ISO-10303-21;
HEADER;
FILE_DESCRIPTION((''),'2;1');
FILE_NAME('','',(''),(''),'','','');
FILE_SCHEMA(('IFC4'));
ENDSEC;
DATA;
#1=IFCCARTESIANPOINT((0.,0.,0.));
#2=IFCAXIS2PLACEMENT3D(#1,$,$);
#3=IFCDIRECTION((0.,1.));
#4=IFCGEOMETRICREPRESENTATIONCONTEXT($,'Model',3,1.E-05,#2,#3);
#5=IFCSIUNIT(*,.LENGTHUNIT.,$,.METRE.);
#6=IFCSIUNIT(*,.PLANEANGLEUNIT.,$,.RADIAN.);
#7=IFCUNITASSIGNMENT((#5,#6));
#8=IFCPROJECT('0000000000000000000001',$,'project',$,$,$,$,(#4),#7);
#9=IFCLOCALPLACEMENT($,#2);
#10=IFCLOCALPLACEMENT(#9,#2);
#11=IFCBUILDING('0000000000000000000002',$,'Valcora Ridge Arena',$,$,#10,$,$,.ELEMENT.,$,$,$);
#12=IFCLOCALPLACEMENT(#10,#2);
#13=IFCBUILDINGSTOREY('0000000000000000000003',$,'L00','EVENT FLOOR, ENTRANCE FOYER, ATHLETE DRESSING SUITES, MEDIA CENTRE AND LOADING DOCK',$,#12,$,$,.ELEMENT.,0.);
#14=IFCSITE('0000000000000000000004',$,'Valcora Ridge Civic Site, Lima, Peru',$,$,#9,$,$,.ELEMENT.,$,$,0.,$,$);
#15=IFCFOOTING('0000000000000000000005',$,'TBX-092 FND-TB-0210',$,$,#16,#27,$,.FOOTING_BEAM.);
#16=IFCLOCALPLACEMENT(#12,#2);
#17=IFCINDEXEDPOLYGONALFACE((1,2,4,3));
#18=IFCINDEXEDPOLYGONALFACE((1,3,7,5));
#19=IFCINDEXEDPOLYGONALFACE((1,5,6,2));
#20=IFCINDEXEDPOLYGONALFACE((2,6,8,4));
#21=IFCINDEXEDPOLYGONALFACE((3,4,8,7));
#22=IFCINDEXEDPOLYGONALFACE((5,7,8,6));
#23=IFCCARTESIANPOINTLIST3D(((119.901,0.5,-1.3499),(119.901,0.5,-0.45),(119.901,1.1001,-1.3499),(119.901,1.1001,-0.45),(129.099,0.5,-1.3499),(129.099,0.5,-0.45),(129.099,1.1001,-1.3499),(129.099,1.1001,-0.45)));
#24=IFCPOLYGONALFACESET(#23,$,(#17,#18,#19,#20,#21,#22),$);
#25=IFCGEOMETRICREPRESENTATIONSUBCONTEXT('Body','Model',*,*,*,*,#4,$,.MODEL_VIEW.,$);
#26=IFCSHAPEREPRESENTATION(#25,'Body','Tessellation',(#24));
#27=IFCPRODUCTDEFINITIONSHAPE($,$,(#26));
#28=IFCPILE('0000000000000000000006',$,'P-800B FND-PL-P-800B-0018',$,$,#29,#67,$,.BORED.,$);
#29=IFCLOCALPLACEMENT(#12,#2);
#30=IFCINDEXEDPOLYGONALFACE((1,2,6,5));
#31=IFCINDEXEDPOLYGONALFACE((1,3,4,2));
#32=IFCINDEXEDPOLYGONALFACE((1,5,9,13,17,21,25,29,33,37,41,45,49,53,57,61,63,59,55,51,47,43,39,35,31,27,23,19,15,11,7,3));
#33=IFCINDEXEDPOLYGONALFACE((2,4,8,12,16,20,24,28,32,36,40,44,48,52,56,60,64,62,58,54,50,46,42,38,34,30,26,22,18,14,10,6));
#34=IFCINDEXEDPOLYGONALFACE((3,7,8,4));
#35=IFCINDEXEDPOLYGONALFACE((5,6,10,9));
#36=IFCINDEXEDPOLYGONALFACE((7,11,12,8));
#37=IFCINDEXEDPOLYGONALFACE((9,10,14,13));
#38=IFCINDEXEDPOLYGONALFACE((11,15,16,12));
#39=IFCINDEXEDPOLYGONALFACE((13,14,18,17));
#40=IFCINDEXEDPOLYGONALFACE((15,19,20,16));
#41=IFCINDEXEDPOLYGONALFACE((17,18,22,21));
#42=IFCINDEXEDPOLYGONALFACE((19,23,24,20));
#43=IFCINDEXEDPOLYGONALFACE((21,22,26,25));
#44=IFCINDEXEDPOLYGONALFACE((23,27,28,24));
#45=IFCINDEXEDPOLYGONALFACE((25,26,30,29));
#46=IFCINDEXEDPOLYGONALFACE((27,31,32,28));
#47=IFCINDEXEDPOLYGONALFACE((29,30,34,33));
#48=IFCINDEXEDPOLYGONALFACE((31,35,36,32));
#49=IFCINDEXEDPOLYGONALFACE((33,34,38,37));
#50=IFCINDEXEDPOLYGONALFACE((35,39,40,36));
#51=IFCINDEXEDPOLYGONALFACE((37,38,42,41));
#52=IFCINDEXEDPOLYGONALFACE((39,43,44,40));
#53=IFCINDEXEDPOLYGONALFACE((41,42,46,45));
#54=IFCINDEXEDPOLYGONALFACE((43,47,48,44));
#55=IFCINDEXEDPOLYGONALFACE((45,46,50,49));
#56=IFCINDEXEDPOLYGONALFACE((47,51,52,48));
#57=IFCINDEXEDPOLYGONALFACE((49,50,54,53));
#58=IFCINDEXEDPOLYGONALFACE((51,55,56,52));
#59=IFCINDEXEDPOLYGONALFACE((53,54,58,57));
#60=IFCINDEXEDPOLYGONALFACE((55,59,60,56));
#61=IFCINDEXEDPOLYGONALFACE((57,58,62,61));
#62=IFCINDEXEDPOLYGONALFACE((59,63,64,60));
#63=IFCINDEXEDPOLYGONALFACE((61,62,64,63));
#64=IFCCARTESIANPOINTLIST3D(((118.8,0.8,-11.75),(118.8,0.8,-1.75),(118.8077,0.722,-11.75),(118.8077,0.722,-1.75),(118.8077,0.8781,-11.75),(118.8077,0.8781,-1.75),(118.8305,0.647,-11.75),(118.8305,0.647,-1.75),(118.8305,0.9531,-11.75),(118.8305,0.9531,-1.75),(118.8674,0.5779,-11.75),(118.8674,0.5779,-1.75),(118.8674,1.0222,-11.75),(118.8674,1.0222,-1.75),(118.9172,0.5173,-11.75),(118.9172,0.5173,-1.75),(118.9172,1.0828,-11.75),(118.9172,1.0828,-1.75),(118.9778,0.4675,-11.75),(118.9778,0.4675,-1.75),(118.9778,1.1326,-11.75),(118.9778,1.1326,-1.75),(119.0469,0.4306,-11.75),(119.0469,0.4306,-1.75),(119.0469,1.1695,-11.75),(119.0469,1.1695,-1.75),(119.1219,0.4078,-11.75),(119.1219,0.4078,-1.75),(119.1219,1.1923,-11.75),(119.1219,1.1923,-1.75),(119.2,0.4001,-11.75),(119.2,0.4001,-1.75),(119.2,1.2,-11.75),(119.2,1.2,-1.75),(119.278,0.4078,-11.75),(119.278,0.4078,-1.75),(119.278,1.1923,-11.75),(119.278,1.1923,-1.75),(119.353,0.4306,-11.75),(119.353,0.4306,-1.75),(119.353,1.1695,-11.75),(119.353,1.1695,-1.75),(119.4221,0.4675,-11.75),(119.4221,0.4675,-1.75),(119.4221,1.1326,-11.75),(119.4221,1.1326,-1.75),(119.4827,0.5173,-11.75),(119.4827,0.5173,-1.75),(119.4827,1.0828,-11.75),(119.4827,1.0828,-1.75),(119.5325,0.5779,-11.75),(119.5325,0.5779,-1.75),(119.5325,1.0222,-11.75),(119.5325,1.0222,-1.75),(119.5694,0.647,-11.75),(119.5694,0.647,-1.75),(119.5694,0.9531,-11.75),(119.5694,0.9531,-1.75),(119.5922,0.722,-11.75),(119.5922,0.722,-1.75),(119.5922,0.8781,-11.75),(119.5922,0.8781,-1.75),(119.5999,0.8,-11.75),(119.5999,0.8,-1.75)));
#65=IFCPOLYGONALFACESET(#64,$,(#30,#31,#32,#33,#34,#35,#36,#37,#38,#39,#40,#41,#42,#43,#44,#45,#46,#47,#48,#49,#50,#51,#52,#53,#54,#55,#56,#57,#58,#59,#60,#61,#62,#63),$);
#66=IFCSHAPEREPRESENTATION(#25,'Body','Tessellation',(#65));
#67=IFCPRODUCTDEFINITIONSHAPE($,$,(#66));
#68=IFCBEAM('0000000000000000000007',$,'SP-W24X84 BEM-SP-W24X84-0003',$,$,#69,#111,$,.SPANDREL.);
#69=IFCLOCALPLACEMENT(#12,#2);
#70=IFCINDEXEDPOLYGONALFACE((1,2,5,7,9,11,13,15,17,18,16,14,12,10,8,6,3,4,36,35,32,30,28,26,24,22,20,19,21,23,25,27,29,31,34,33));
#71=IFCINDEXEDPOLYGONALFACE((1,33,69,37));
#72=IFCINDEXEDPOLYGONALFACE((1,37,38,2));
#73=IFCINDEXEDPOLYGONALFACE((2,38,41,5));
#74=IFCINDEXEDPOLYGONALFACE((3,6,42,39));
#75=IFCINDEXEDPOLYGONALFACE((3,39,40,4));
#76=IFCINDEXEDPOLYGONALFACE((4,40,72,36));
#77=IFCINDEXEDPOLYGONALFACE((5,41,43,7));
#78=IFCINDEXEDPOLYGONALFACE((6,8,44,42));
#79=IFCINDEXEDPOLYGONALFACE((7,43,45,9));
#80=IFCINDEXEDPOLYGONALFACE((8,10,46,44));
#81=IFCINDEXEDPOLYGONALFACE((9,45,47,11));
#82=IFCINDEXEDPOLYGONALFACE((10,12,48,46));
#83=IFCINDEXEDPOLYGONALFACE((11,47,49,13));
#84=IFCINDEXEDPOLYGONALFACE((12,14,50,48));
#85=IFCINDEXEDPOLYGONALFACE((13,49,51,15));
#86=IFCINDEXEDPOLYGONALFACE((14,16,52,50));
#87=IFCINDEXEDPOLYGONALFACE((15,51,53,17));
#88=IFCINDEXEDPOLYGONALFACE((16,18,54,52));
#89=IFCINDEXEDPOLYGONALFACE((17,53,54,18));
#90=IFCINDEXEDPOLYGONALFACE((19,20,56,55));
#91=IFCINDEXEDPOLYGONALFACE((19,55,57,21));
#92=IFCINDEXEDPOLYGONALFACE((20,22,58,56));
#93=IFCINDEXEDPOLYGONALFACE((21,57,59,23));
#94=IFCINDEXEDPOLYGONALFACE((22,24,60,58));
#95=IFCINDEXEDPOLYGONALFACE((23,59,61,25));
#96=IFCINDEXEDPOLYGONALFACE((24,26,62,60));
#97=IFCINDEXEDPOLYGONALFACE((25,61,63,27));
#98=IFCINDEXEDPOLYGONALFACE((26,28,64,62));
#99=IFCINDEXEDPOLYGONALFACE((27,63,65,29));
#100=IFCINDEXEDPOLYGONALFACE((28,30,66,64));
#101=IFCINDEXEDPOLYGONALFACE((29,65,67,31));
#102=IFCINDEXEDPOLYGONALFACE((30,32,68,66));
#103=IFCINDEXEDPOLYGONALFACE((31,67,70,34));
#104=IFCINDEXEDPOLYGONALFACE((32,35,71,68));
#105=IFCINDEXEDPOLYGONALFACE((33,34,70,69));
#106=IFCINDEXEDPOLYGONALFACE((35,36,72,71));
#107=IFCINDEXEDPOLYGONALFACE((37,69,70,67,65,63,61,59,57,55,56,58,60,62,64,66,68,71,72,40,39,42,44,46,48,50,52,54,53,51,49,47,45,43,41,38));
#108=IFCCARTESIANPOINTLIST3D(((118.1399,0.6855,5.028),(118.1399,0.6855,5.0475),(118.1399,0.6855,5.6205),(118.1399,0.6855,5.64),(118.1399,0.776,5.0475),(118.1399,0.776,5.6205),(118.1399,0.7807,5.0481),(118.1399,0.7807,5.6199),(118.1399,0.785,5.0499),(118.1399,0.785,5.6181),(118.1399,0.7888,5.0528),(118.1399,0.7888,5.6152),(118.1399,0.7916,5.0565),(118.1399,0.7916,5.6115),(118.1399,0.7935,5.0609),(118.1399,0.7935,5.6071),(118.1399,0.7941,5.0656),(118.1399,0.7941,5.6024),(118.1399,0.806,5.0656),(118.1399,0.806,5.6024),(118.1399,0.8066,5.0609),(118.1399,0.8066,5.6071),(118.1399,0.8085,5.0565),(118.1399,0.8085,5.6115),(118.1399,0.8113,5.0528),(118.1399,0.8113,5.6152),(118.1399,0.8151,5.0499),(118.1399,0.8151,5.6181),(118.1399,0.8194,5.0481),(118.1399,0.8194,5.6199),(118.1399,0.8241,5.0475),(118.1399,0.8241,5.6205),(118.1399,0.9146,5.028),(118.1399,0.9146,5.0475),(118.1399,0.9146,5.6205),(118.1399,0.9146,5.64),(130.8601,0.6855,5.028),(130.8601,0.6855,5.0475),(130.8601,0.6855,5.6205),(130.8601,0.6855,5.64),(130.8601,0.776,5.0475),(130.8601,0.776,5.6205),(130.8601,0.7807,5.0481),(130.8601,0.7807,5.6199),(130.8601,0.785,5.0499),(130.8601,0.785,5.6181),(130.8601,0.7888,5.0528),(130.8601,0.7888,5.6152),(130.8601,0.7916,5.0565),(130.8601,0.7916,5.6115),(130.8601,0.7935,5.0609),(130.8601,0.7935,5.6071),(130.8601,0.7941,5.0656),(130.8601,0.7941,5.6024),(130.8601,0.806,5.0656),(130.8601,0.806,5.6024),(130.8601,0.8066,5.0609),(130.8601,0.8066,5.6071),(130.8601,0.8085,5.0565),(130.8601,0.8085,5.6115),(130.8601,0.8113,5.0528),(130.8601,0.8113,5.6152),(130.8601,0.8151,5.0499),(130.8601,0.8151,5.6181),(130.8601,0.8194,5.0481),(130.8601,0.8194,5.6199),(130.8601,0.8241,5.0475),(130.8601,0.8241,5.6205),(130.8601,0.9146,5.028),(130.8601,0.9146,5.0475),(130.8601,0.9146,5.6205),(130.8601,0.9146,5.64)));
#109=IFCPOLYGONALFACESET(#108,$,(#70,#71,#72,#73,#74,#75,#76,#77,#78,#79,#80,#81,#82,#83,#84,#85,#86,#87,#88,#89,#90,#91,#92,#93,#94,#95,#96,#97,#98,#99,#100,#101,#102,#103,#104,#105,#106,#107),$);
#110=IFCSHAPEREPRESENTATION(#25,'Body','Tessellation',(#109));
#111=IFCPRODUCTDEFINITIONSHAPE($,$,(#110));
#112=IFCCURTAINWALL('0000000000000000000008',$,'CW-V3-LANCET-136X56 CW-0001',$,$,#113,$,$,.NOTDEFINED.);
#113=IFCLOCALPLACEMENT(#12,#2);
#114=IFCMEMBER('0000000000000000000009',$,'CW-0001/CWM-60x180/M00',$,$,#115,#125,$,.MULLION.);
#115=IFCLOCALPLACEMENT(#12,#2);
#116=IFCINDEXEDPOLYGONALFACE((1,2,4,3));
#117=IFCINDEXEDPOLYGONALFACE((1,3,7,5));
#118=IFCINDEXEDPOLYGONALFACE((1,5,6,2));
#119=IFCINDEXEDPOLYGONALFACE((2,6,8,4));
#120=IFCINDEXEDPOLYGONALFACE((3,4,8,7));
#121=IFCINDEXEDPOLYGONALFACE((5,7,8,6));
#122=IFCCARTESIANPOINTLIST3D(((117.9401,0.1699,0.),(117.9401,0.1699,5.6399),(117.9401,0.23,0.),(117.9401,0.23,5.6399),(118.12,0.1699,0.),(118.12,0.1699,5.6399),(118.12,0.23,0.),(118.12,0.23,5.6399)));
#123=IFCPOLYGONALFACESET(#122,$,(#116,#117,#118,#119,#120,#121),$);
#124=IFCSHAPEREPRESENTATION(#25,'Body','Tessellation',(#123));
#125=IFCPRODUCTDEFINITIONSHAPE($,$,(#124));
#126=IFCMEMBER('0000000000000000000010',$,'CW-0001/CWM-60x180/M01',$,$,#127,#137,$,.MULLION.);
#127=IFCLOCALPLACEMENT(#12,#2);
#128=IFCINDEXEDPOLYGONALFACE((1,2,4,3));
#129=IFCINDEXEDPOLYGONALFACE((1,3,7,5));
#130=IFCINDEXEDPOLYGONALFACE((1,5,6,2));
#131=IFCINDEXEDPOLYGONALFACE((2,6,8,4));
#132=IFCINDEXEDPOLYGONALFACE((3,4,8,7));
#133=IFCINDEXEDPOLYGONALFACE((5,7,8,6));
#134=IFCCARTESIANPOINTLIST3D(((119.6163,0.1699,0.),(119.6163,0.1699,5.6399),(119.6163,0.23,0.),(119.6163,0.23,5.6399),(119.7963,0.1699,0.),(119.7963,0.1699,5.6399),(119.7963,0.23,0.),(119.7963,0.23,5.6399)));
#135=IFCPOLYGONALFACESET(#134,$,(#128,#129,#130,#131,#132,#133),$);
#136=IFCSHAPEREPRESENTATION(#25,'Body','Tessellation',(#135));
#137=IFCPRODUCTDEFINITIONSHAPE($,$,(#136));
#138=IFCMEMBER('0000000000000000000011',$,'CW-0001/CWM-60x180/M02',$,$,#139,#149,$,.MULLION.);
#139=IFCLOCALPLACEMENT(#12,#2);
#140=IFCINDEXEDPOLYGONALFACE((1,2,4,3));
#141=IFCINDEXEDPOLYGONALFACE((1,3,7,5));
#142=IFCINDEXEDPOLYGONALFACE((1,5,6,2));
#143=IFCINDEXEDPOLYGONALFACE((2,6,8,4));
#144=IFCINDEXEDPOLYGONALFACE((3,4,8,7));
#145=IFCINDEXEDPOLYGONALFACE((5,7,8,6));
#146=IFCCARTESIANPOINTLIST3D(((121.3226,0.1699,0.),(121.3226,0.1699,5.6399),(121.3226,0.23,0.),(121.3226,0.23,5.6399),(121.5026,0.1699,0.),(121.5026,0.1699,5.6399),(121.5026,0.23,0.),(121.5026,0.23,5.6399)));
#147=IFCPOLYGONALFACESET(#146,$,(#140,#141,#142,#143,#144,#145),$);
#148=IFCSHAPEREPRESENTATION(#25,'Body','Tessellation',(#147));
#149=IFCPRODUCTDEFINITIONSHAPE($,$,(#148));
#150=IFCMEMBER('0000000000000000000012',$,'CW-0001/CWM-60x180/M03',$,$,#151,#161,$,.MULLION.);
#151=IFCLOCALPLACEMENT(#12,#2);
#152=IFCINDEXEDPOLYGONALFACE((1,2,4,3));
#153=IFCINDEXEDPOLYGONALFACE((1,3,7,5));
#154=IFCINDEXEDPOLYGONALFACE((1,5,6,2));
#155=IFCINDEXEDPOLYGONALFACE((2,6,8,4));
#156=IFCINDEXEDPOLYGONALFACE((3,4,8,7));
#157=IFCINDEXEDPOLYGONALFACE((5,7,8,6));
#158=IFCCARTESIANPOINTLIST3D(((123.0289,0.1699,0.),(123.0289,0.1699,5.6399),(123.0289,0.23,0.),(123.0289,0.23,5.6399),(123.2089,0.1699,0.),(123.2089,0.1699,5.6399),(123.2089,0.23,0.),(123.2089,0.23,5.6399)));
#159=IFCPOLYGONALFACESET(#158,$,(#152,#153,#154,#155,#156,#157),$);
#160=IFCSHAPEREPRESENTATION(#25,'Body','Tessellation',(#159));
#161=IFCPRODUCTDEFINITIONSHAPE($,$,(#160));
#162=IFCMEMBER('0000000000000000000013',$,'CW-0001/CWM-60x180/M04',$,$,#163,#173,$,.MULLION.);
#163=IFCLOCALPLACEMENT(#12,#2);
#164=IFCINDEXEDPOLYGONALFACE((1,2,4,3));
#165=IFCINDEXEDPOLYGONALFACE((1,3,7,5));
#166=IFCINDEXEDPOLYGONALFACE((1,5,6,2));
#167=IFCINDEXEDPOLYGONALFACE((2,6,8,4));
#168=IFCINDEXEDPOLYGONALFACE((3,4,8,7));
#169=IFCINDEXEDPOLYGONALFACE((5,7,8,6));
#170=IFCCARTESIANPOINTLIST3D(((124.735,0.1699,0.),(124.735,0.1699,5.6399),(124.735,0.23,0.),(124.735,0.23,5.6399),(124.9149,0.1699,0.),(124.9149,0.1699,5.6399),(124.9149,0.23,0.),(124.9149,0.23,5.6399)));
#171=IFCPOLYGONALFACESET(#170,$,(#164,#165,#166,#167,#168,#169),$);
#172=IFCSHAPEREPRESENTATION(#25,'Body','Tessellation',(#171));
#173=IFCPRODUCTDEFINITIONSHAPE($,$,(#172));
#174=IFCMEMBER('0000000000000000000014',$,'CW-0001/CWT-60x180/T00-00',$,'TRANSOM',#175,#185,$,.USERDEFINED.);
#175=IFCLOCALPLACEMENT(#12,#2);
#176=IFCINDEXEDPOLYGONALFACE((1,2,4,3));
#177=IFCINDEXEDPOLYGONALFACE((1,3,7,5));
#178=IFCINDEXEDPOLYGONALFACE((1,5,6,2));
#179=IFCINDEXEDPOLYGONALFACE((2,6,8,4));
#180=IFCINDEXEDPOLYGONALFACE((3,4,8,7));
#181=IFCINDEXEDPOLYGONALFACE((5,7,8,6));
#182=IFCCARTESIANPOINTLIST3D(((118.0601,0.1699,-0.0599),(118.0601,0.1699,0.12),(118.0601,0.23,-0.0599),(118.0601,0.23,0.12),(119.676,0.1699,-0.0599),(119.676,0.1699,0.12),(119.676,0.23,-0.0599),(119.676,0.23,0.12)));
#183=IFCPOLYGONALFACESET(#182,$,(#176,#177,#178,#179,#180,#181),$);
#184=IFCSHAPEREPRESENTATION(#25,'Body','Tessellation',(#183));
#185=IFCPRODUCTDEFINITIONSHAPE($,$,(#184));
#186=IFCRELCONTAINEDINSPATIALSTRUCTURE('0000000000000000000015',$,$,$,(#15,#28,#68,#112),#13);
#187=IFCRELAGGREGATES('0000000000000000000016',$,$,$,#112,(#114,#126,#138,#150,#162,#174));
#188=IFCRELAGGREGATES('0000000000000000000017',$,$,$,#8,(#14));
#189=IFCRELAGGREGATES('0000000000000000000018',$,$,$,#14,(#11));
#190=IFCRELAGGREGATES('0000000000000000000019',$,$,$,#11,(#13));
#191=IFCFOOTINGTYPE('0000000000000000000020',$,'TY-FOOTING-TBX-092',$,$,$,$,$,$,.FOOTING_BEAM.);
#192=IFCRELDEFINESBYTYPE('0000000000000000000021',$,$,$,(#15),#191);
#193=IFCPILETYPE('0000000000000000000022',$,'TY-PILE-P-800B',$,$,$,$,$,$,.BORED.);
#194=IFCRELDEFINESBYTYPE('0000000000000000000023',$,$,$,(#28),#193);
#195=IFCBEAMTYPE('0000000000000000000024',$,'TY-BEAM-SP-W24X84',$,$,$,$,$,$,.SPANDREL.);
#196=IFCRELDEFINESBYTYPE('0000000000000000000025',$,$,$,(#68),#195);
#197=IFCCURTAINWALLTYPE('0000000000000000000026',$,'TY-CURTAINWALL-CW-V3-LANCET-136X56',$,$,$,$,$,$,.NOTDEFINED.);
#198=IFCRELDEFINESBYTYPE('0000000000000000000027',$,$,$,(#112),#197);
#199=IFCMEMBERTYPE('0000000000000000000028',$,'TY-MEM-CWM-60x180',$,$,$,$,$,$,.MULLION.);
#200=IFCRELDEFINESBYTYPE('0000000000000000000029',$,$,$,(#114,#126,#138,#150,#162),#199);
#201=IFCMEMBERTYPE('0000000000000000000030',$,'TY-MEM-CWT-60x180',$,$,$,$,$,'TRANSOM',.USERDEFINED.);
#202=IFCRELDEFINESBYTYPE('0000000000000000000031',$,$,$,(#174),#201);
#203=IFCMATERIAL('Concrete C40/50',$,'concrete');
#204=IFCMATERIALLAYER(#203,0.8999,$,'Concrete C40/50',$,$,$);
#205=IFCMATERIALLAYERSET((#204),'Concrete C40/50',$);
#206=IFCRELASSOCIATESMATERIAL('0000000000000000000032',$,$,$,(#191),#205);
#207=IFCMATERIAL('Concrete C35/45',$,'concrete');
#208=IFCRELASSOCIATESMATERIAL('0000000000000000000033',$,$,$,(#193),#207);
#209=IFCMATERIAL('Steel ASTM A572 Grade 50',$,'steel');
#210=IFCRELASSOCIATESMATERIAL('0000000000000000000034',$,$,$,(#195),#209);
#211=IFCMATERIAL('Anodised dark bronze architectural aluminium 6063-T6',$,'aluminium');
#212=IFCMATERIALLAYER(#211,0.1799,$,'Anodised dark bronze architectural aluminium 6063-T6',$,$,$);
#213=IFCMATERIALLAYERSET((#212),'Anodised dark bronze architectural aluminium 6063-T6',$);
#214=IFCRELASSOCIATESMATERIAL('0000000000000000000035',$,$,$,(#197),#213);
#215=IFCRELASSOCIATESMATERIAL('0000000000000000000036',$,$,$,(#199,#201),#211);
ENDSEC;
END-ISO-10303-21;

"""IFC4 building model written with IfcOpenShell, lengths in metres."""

from ifc_helpers import new_model, si_unit, direction, frame, origin, origin_2d, place, context, subcontext, project, spatial, rectangle, circle, i_section, extrude, material, layer, layer_set, material_profile, profile_set, type_object, element, aggregate, save


model = new_model("IFC4")

# Units and contexts
model_context = context("Model", 3, precision=1e-05, world=origin(), true_north=direction((0.0, 1.0)))
body_context = subcontext(model_context, "Body", "Model", "MODEL_VIEW")
ifc_project = project(units=[si_unit("LENGTHUNIT", "METRE"), si_unit("PLANEANGLEUNIT", "RADIAN")], contexts=[model_context])

# Site, building, storey
site_placement = place(None, origin())
site = spatial("IfcSite", under=ifc_project, at=site_placement, Name="Valcora Ridge Civic Site, Lima, Peru", CompositionType="ELEMENT", RefElevation=0.0)
building_placement = place(site_placement, origin())
building = spatial("IfcBuilding", under=site, at=building_placement, Name="Valcora Ridge Arena", CompositionType="ELEMENT")
storey_placement = place(building_placement, origin())
storey = spatial("IfcBuildingStorey", under=building, at=storey_placement, Name="L00", Description="EVENT FLOOR, ENTRANCE FOYER, ATHLETE DRESSING SUITES, MEDIA CENTRE AND LOADING DOCK", CompositionType="ELEMENT", Elevation=0.0)

# Footing
ifc_material_1 = material(Name="Concrete C40/50", Category="concrete")
ifc_layer_1 = layer(ifc_material_1, 0.8999, Name="Concrete C40/50")
ifc_layer_set_1 = layer_set([ifc_layer_1], Name="Concrete C40/50")
footing_type = type_object("IfcFootingType", Name="TY-FOOTING-TBX-092", PredefinedType="FOOTING_BEAM", material=ifc_layer_set_1)
footing_placement = place(storey_placement, frame((124.5, 0.8, -1.3499), z_axis=(0.0, 0.0, 1.0), x_axis=(1.0, 0.0, 0.0)))
element("IfcFooting", 1, at=footing_placement, inside=storey, type_object=footing_type, Name="TBX-092 FND-TB-0210", PredefinedType="FOOTING_BEAM", context=body_context, shape_type="SweptSolid", body=[
    extrude(rectangle(XDim=9.198, YDim=0.6001, at=origin_2d()), origin(), (0.0, 0.0, 1.0), 0.8999),
])

# Pile
ifc_material_2 = material(Name="Concrete C35/45", Category="concrete")
ifc_material_profile_1 = material_profile(ifc_material_2, circle(Radius=0.3999, at=origin_2d()), Name="BORED PILE D800")
ifc_profile_set_1 = profile_set([ifc_material_profile_1], Name="Concrete C35/45")
pile_type = type_object("IfcPileType", Name="TY-PILE-P-800B", PredefinedType="BORED", material=ifc_profile_set_1)
pile_placement = place(storey_placement, frame((119.2, 0.8, -1.75), z_axis=(0.0, 0.0, -1.0), x_axis=(1.0, 0.0, 0.0)))
element("IfcPile", 2, at=pile_placement, inside=storey, type_object=pile_type, Name="P-800B FND-PL-P-800B-0018", PredefinedType="BORED", context=body_context, shape_type="SweptSolid", body=[
    extrude(circle(Radius=0.3999, at=origin_2d()), origin(), (0.0, 0.0, 1.0), 10.0),
])

# Beam
ifc_material_3 = material(Name="Steel ASTM A572 Grade 50", Category="steel")
ifc_material_profile_2 = material_profile(ifc_material_3, i_section(OverallWidth=0.229, OverallDepth=0.6121, WebThickness=0.012, FlangeThickness=0.0195, FilletRadius=0.0181, at=origin_2d()), Name="W24X84")
ifc_profile_set_2 = profile_set([ifc_material_profile_2], Name="Steel ASTM A572 Grade 50")
beam_type = type_object("IfcBeamType", Name="TY-BEAM-SP-W24X84", PredefinedType="SPANDREL", material=ifc_profile_set_2)
beam_placement = place(storey_placement, frame((118.1399, 0.8, 5.334), z_axis=(1.0, 0.0, 0.0), x_axis=(0.0, 1.0, 0.0)))
element("IfcBeam", 3, at=beam_placement, inside=storey, type_object=beam_type, Name="SP-W24X84 BEM-SP-W24X84-0003", PredefinedType="SPANDREL", context=body_context, shape_type="SweptSolid", body=[
    extrude(i_section(OverallWidth=0.229, OverallDepth=0.6121, WebThickness=0.012, FlangeThickness=0.0195, FilletRadius=0.0181, at=origin_2d()), origin(), (0.0, 0.0, 1.0), 12.7202),
])

# Curtain wall, members
ifc_material_4 = material(Name="Anodised dark bronze architectural aluminium 6063-T6", Category="aluminium")
ifc_layer_2 = layer(ifc_material_4, 0.1799, Name="Anodised dark bronze architectural aluminium 6063-T6")
ifc_layer_set_2 = layer_set([ifc_layer_2], Name="Anodised dark bronze architectural aluminium 6063-T6")
curtain_wall_type = type_object("IfcCurtainWallType", Name="TY-CURTAINWALL-CW-V3-LANCET-136X56", PredefinedType="NOTDEFINED", material=ifc_layer_set_2)
curtain_wall_placement = place(storey_placement, origin())
curtain_wall = element("IfcCurtainWall", 4, at=curtain_wall_placement, inside=storey, type_object=curtain_wall_type, Name="CW-V3-LANCET-136X56 CW-0001", PredefinedType="NOTDEFINED")
ifc_material_profile_3 = material_profile(ifc_material_4, rectangle(XDim=0.0601, YDim=0.1799, at=origin_2d()), Name="ALU MULLION 60x180")
ifc_profile_set_3 = profile_set([ifc_material_profile_3], Name="Anodised dark bronze architectural aluminium 6063-T6")
member_type_1 = type_object("IfcMemberType", Name="TY-MEM-CWM-60x180", PredefinedType="MULLION", material=ifc_profile_set_3)
member_1_placement = place(storey_placement, frame((118.03, 0.2, 0.0), z_axis=(0.0, 0.0, 1.0), x_axis=(0.0, 1.0, 0.0)))
member_1 = element("IfcMember", 5, at=member_1_placement, type_object=member_type_1, Name="CW-0001/CWM-60x180/M00", PredefinedType="MULLION", context=body_context, shape_type="SweptSolid", body=[
    extrude(rectangle(XDim=0.0601, YDim=0.1799, at=origin_2d()), origin(), (0.0, 0.0, 1.0), 5.6399),
])
member_2_placement = place(storey_placement, frame((119.7063, 0.2, 0.0), z_axis=(0.0, 0.0, 1.0), x_axis=(0.0, 1.0, 0.0)))
member_2 = element("IfcMember", 6, at=member_2_placement, type_object=member_type_1, Name="CW-0001/CWM-60x180/M01", PredefinedType="MULLION", context=body_context, shape_type="SweptSolid", body=[
    extrude(rectangle(XDim=0.0601, YDim=0.1799, at=origin_2d()), origin(), (0.0, 0.0, 1.0), 5.6399),
])
member_3_placement = place(storey_placement, frame((121.4126, 0.2, 0.0), z_axis=(0.0, 0.0, 1.0), x_axis=(0.0, 1.0, 0.0)))
member_3 = element("IfcMember", 7, at=member_3_placement, type_object=member_type_1, Name="CW-0001/CWM-60x180/M02", PredefinedType="MULLION", context=body_context, shape_type="SweptSolid", body=[
    extrude(rectangle(XDim=0.0601, YDim=0.1799, at=origin_2d()), origin(), (0.0, 0.0, 1.0), 5.6399),
])
member_4_placement = place(storey_placement, frame((123.1189, 0.2, 0.0), z_axis=(0.0, 0.0, 1.0), x_axis=(0.0, 1.0, 0.0)))
member_4 = element("IfcMember", 8, at=member_4_placement, type_object=member_type_1, Name="CW-0001/CWM-60x180/M03", PredefinedType="MULLION", context=body_context, shape_type="SweptSolid", body=[
    extrude(rectangle(XDim=0.0601, YDim=0.1799, at=origin_2d()), origin(), (0.0, 0.0, 1.0), 5.6399),
])
member_5_placement = place(storey_placement, frame((124.825, 0.2, 0.0), z_axis=(0.0, 0.0, 1.0), x_axis=(0.0, 1.0, 0.0)))
member_5 = element("IfcMember", 9, at=member_5_placement, type_object=member_type_1, Name="CW-0001/CWM-60x180/M04", PredefinedType="MULLION", context=body_context, shape_type="SweptSolid", body=[
    extrude(rectangle(XDim=0.0601, YDim=0.1799, at=origin_2d()), origin(), (0.0, 0.0, 1.0), 5.6399),
])
ifc_material_profile_4 = material_profile(ifc_material_4, rectangle(XDim=0.0601, YDim=0.1799, at=origin_2d()), Name="ALU TRANSOM 60x180")
ifc_profile_set_4 = profile_set([ifc_material_profile_4], Name="Anodised dark bronze architectural aluminium 6063-T6")
member_type_2 = type_object("IfcMemberType", Name="TY-MEM-CWT-60x180", ElementType="TRANSOM", PredefinedType="USERDEFINED", material=ifc_profile_set_4)
member_6_placement = place(storey_placement, frame((118.0601, 0.2, 0.03), z_axis=(1.0, 0.0, 0.0), x_axis=(0.0, 1.0, 0.0)))
member_6 = element("IfcMember", 10, at=member_6_placement, type_object=member_type_2, Name="CW-0001/CWT-60x180/T00-00", ObjectType="TRANSOM", PredefinedType="USERDEFINED", context=body_context, shape_type="SweptSolid", body=[
    extrude(rectangle(XDim=0.0601, YDim=0.1799, at=origin_2d()), origin(), (0.0, 0.0, 1.0), 1.616),
])
aggregate(curtain_wall, [member_1, member_2, member_3, member_4, member_5, member_6])

save(model, "model.ifc")
